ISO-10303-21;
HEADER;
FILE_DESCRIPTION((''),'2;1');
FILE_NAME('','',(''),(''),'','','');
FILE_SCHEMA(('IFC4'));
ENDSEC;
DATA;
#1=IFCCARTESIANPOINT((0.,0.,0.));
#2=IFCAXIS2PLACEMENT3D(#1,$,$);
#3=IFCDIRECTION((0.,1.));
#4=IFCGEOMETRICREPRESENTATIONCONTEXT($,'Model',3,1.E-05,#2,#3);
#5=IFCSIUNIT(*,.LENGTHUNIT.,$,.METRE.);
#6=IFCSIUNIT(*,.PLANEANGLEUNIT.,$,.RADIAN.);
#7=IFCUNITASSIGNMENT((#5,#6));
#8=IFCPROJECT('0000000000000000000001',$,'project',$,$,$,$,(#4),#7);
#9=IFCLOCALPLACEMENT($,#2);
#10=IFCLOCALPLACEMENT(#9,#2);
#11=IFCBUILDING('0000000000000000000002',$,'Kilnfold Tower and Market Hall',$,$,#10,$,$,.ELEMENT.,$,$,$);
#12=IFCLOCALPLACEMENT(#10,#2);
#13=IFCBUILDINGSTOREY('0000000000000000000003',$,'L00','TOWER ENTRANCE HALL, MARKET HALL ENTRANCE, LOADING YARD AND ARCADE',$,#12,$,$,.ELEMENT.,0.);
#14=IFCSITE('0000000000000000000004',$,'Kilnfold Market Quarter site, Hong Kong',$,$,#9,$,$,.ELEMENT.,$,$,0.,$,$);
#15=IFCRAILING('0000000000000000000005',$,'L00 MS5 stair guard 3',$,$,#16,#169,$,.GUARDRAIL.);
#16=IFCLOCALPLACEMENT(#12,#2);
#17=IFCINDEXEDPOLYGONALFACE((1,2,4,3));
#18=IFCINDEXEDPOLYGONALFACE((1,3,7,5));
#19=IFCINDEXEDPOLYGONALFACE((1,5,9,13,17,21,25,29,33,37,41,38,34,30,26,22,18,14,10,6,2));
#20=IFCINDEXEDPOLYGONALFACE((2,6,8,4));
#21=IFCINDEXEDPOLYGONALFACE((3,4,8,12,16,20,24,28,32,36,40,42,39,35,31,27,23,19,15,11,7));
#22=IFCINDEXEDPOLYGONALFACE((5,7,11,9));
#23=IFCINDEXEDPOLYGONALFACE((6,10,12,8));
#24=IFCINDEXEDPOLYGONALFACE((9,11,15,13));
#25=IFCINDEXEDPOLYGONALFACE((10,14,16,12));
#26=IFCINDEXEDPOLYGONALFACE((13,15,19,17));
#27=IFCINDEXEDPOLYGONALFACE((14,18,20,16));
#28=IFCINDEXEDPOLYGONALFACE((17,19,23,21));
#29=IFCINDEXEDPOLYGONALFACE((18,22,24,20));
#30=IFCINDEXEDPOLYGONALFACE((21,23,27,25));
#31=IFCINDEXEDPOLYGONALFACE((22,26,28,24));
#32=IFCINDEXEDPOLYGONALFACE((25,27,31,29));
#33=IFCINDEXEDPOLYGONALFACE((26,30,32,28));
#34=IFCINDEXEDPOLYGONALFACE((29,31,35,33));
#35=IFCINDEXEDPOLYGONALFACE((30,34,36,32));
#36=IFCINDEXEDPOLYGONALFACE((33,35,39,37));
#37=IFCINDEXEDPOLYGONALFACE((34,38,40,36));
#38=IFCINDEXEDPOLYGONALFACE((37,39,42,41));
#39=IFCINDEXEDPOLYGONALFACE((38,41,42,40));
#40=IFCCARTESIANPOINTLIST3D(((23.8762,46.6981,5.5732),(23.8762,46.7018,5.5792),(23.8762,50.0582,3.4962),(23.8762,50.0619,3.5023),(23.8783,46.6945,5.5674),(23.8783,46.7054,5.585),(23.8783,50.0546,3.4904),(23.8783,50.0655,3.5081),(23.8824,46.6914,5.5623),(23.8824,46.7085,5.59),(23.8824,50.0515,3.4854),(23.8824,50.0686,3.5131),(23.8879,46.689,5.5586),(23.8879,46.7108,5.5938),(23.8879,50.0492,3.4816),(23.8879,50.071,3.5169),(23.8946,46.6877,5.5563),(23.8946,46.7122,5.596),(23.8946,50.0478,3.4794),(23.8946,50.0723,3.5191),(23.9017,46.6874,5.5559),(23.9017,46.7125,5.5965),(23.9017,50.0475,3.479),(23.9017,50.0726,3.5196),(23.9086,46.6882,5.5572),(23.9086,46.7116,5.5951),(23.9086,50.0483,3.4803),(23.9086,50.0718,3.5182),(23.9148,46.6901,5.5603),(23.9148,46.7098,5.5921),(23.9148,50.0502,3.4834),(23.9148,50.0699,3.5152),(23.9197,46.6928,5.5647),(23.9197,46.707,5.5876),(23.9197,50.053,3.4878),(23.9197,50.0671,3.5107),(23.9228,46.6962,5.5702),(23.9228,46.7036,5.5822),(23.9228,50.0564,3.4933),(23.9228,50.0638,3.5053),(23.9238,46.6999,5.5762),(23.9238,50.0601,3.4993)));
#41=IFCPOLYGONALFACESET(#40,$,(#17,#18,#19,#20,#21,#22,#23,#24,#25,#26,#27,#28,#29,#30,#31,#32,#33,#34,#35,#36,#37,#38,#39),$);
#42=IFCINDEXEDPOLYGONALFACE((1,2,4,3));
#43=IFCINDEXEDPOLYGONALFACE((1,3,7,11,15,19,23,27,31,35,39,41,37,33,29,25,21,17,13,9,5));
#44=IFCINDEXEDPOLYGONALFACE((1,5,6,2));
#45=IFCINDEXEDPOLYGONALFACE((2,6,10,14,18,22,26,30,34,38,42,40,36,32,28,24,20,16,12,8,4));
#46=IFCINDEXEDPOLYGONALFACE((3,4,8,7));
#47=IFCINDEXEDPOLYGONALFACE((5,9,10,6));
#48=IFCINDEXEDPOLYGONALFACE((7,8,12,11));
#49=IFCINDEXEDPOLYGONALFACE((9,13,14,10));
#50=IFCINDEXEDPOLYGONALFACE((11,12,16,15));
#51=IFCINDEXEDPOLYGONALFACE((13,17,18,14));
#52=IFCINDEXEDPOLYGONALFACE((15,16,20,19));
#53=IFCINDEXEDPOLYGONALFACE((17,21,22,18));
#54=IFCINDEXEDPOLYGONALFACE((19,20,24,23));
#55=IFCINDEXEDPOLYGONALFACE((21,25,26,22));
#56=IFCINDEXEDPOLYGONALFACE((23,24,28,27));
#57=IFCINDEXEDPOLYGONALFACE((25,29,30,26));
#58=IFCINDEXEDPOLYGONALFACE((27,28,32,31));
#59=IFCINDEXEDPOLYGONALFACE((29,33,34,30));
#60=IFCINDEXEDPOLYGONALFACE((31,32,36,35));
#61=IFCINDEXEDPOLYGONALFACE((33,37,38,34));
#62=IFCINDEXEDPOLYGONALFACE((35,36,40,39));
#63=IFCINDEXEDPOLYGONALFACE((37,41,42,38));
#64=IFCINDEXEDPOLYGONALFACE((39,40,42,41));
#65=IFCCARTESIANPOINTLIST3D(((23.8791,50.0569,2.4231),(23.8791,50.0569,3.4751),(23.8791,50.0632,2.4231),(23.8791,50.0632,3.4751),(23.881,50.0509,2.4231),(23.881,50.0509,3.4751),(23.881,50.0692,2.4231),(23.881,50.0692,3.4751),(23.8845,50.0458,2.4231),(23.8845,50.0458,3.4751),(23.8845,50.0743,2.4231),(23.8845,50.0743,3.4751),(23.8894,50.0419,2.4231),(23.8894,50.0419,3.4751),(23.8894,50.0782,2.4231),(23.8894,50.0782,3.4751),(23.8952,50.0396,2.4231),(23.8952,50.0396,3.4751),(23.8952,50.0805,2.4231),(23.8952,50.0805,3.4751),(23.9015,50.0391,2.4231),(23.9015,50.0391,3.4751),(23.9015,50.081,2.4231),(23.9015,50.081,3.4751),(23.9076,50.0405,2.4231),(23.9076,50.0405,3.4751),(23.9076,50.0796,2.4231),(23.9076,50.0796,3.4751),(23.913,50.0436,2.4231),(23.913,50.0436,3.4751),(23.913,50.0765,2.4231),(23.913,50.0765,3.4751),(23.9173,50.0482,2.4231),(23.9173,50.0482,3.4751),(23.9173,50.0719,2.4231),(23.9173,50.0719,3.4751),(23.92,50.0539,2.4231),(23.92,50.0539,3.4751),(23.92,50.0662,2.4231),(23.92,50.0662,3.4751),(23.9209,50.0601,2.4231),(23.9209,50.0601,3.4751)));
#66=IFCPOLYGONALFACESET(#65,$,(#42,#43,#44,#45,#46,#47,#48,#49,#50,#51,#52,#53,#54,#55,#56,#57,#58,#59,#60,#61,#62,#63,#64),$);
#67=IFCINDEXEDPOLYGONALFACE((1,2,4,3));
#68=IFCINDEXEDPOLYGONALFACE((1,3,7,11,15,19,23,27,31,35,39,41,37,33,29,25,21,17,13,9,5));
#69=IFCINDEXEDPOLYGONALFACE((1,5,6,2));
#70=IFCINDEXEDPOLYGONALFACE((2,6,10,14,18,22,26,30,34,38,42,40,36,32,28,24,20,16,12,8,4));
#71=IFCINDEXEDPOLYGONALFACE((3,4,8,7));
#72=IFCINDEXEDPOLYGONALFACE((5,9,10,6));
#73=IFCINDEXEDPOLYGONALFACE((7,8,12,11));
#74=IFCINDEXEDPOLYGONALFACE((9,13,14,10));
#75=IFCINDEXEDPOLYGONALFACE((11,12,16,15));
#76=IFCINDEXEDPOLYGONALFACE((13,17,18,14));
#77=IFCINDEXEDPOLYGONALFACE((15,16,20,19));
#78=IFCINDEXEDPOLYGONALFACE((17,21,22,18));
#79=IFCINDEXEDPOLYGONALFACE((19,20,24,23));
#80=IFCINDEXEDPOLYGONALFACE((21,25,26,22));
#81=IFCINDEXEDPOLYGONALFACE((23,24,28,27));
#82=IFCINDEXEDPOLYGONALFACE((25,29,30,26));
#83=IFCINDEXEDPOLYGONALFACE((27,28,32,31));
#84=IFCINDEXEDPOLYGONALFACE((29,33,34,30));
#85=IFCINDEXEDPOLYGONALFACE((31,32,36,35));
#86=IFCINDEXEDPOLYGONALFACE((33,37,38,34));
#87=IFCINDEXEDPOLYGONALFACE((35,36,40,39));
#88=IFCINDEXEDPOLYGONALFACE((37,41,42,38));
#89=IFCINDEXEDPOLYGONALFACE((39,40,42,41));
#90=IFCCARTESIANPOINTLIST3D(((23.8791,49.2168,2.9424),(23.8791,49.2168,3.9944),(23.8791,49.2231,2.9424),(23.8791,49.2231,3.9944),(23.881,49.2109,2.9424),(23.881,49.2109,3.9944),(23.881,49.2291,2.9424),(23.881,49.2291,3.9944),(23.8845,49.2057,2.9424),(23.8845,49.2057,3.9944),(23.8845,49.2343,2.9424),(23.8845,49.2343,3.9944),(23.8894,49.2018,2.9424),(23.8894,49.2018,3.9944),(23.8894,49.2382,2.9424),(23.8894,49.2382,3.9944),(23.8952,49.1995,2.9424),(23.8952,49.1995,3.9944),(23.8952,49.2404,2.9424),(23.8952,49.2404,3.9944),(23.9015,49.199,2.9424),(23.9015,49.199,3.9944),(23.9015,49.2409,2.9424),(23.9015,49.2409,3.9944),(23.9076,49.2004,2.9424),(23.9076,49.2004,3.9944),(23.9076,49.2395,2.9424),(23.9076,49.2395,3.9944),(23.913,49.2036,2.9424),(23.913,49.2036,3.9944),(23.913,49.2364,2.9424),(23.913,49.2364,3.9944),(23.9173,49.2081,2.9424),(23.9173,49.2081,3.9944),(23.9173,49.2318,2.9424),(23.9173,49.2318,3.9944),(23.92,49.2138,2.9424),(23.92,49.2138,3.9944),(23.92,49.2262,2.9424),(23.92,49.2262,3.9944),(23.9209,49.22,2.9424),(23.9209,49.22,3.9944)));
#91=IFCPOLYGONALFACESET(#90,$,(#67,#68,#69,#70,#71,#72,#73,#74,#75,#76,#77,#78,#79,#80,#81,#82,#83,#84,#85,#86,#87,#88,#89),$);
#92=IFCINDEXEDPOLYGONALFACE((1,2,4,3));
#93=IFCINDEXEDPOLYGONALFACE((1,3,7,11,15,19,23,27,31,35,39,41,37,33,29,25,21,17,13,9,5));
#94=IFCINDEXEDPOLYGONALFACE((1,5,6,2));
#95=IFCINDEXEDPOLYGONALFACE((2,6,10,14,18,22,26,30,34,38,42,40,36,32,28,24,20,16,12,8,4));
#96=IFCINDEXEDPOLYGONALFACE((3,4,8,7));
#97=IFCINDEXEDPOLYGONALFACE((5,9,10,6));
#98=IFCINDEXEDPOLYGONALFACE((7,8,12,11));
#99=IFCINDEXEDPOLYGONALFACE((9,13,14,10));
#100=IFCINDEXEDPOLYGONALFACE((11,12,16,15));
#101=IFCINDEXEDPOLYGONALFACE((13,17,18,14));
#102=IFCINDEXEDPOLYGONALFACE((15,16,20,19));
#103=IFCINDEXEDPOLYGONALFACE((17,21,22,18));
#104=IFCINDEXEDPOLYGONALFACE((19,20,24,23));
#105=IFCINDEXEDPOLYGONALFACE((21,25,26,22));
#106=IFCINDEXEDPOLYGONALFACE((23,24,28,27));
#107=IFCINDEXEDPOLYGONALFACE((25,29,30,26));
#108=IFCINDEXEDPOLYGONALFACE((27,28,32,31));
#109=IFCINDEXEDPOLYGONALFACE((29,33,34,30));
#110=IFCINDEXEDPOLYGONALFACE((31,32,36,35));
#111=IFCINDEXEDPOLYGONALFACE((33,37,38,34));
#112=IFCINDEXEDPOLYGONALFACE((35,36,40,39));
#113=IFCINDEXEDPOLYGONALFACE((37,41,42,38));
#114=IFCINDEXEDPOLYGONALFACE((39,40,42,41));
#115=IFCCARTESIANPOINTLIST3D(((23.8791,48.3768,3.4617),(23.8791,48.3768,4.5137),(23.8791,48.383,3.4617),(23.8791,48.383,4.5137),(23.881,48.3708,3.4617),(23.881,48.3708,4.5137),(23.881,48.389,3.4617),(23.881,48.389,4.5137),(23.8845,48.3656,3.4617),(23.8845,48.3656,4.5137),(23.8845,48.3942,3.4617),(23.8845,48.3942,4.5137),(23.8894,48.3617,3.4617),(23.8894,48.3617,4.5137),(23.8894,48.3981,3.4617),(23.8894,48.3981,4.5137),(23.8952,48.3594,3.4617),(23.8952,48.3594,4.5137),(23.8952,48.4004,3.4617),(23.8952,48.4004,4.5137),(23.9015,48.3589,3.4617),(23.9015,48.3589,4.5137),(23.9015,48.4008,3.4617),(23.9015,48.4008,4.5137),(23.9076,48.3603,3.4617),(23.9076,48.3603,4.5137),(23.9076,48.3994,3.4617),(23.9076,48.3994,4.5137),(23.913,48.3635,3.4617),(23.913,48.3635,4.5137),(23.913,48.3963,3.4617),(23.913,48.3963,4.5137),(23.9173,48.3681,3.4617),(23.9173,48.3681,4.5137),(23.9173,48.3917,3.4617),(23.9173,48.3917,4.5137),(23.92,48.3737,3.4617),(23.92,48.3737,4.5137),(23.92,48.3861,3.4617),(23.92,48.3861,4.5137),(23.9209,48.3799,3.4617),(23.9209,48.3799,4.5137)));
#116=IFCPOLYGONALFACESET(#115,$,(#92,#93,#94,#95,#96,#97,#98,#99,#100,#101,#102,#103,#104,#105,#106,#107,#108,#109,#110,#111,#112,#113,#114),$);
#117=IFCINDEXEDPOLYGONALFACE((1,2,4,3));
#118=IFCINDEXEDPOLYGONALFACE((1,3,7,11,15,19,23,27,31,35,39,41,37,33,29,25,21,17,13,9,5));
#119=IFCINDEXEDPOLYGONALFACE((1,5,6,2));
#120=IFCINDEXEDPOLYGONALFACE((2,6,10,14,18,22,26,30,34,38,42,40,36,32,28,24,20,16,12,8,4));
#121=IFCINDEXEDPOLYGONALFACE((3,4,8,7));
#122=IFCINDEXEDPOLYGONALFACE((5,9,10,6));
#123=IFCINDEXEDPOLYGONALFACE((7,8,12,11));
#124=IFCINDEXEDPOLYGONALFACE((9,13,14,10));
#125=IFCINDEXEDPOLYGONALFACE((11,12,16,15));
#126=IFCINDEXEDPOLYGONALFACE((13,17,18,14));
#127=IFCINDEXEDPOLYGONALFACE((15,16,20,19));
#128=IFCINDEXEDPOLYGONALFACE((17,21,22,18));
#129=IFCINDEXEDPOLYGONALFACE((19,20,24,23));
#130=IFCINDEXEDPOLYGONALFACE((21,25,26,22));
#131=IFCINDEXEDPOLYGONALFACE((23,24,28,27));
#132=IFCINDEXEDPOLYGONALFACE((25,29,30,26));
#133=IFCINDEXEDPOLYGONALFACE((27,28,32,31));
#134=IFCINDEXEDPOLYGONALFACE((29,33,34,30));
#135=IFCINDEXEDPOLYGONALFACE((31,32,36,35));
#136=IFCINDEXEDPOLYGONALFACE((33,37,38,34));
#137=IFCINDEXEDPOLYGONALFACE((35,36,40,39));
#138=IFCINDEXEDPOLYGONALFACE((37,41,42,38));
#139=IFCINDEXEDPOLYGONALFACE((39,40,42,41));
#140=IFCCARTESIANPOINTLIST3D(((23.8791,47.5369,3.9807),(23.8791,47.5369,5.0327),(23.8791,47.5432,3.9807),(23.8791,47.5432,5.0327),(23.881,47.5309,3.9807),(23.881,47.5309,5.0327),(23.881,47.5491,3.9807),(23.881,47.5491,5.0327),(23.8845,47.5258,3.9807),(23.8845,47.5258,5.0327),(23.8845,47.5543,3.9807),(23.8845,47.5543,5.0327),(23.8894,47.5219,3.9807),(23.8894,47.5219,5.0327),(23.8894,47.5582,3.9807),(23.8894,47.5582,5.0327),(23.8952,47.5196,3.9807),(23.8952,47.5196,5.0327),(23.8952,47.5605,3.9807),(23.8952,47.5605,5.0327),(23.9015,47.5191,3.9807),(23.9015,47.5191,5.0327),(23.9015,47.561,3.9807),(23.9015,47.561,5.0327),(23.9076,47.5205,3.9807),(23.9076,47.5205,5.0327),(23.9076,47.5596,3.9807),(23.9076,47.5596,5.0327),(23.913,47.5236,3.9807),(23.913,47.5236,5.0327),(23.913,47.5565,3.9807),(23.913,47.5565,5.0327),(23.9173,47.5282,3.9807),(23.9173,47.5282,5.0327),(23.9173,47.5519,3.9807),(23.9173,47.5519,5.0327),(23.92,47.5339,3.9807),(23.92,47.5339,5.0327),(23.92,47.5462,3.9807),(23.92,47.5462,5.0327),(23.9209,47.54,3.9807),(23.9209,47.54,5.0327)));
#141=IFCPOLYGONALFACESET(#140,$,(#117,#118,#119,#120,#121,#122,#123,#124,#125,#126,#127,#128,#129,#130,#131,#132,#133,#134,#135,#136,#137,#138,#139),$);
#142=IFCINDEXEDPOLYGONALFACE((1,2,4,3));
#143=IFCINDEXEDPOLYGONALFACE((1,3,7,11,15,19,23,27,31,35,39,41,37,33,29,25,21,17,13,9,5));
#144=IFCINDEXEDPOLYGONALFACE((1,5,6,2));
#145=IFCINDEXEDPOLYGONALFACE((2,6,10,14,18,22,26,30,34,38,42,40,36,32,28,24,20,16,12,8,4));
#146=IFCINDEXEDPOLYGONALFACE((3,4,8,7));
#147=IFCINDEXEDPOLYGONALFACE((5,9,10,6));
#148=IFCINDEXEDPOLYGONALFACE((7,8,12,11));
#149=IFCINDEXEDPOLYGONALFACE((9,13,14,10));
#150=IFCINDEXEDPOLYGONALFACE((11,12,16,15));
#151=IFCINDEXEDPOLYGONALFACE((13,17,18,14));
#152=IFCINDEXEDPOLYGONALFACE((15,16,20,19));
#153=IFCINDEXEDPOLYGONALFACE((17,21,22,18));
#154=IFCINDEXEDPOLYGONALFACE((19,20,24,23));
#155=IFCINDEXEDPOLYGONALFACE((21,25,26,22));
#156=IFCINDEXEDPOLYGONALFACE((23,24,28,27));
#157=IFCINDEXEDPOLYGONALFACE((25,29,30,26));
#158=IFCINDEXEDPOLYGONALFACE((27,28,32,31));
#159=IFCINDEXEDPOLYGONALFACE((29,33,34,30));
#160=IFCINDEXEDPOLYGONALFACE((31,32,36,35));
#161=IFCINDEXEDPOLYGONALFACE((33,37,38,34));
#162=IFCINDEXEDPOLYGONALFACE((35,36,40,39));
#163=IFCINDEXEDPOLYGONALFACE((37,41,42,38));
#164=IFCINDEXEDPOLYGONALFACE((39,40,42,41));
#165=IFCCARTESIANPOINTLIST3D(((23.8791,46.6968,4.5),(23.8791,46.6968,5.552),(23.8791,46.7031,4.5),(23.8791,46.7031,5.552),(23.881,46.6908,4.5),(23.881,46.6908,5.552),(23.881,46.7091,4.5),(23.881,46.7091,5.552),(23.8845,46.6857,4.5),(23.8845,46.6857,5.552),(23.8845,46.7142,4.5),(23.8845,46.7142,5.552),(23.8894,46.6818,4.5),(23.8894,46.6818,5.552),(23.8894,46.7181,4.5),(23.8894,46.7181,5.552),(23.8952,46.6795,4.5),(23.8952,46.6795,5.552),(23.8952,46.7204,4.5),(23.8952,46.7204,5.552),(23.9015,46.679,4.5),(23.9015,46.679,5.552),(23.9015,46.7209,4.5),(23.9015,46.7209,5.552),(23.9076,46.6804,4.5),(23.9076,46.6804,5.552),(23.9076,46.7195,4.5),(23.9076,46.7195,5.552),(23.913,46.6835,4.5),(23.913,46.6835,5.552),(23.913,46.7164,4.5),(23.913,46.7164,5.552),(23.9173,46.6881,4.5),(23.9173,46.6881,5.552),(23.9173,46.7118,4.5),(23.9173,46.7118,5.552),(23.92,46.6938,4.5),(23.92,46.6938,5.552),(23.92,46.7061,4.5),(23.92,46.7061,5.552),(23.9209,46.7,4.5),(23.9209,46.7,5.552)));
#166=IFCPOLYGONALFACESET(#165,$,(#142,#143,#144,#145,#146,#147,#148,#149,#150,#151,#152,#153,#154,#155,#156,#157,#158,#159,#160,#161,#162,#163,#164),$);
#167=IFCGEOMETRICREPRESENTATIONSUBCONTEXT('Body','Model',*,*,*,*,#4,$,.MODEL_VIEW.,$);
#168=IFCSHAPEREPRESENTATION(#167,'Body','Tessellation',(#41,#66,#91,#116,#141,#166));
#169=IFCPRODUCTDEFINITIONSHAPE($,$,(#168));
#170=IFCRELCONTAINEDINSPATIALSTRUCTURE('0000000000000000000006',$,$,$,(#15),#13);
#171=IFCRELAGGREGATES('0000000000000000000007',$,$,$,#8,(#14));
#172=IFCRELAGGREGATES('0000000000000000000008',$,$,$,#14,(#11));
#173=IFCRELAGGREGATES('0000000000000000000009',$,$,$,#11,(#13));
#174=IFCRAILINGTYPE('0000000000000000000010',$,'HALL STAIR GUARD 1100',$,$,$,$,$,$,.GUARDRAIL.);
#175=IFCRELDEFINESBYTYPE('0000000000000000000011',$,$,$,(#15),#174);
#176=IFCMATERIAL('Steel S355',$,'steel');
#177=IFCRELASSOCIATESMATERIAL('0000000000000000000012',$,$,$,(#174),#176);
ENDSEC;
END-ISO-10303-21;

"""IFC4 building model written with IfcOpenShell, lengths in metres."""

from ifc_helpers import new_model, si_unit, direction, frame, origin, origin_2d, place, context, subcontext, project, spatial, circle, extrude, material, type_object, element, save


model = new_model("IFC4")

# Units and contexts
model_context = context("Model", 3, precision=1e-05, world=origin(), true_north=direction((0.0, 1.0)))
body_context = subcontext(model_context, "Body", "Model", "MODEL_VIEW")
ifc_project = project(units=[si_unit("LENGTHUNIT", "METRE"), si_unit("PLANEANGLEUNIT", "RADIAN")], contexts=[model_context])

# Site, building, storey
site_placement = place(None, origin())
site = spatial("IfcSite", under=ifc_project, at=site_placement, Name="Kilnfold Market Quarter site, Hong Kong", CompositionType="ELEMENT", RefElevation=0.0)
building_placement = place(site_placement, origin())
building = spatial("IfcBuilding", under=site, at=building_placement, Name="Kilnfold Tower and Market Hall", CompositionType="ELEMENT")
storey_placement = place(building_placement, origin())
storey = spatial("IfcBuildingStorey", under=building, at=storey_placement, Name="L00", Description="TOWER ENTRANCE HALL, MARKET HALL ENTRANCE, LOADING YARD AND ARCADE", CompositionType="ELEMENT", Elevation=0.0)

# Railing
ifc_material_1 = material(Name="Steel S355", Category="steel")
railing_type_1 = type_object("IfcRailingType", Name="HALL STAIR GUARD 1100", PredefinedType="GUARDRAIL", material=ifc_material_1)
railing_1_placement = place(storey_placement, frame((23.8999, 50.0601, 2.4231)))
element("IfcRailing", 1, at=railing_1_placement, inside=storey, type_object=railing_type_1, Name="L00 MS5 stair guard 3", PredefinedType="GUARDRAIL", context=body_context, shape_type="SweptSolid", body=[
    extrude(circle(Radius=0.0239, at=origin_2d()), frame((0.0, 0.0, 1.0762), z_axis=(0.0, -0.850623, 0.525776), x_axis=(1.0, 0.0, 0.0)), (0.0, 0.0, 1.0), 3.9502),
    extrude(circle(Radius=0.021, at=origin_2d()), origin(), (0.0, 0.0, 1.0), 1.052),
    extrude(circle(Radius=0.021, at=origin_2d()), frame((0.0, -0.8401, 0.5193)), (0.0, 0.0, 1.0), 1.052),
    extrude(circle(Radius=0.021, at=origin_2d()), frame((0.0, -1.6802, 1.0386)), (0.0, 0.0, 1.0), 1.052),
    extrude(circle(Radius=0.021, at=origin_2d()), frame((0.0, -2.52, 1.5576)), (0.0, 0.0, 1.0), 1.052),
    extrude(circle(Radius=0.021, at=origin_2d()), frame((0.0, -3.3601, 2.0769)), (0.0, 0.0, 1.0), 1.052),
])

save(model, "model.ifc")
